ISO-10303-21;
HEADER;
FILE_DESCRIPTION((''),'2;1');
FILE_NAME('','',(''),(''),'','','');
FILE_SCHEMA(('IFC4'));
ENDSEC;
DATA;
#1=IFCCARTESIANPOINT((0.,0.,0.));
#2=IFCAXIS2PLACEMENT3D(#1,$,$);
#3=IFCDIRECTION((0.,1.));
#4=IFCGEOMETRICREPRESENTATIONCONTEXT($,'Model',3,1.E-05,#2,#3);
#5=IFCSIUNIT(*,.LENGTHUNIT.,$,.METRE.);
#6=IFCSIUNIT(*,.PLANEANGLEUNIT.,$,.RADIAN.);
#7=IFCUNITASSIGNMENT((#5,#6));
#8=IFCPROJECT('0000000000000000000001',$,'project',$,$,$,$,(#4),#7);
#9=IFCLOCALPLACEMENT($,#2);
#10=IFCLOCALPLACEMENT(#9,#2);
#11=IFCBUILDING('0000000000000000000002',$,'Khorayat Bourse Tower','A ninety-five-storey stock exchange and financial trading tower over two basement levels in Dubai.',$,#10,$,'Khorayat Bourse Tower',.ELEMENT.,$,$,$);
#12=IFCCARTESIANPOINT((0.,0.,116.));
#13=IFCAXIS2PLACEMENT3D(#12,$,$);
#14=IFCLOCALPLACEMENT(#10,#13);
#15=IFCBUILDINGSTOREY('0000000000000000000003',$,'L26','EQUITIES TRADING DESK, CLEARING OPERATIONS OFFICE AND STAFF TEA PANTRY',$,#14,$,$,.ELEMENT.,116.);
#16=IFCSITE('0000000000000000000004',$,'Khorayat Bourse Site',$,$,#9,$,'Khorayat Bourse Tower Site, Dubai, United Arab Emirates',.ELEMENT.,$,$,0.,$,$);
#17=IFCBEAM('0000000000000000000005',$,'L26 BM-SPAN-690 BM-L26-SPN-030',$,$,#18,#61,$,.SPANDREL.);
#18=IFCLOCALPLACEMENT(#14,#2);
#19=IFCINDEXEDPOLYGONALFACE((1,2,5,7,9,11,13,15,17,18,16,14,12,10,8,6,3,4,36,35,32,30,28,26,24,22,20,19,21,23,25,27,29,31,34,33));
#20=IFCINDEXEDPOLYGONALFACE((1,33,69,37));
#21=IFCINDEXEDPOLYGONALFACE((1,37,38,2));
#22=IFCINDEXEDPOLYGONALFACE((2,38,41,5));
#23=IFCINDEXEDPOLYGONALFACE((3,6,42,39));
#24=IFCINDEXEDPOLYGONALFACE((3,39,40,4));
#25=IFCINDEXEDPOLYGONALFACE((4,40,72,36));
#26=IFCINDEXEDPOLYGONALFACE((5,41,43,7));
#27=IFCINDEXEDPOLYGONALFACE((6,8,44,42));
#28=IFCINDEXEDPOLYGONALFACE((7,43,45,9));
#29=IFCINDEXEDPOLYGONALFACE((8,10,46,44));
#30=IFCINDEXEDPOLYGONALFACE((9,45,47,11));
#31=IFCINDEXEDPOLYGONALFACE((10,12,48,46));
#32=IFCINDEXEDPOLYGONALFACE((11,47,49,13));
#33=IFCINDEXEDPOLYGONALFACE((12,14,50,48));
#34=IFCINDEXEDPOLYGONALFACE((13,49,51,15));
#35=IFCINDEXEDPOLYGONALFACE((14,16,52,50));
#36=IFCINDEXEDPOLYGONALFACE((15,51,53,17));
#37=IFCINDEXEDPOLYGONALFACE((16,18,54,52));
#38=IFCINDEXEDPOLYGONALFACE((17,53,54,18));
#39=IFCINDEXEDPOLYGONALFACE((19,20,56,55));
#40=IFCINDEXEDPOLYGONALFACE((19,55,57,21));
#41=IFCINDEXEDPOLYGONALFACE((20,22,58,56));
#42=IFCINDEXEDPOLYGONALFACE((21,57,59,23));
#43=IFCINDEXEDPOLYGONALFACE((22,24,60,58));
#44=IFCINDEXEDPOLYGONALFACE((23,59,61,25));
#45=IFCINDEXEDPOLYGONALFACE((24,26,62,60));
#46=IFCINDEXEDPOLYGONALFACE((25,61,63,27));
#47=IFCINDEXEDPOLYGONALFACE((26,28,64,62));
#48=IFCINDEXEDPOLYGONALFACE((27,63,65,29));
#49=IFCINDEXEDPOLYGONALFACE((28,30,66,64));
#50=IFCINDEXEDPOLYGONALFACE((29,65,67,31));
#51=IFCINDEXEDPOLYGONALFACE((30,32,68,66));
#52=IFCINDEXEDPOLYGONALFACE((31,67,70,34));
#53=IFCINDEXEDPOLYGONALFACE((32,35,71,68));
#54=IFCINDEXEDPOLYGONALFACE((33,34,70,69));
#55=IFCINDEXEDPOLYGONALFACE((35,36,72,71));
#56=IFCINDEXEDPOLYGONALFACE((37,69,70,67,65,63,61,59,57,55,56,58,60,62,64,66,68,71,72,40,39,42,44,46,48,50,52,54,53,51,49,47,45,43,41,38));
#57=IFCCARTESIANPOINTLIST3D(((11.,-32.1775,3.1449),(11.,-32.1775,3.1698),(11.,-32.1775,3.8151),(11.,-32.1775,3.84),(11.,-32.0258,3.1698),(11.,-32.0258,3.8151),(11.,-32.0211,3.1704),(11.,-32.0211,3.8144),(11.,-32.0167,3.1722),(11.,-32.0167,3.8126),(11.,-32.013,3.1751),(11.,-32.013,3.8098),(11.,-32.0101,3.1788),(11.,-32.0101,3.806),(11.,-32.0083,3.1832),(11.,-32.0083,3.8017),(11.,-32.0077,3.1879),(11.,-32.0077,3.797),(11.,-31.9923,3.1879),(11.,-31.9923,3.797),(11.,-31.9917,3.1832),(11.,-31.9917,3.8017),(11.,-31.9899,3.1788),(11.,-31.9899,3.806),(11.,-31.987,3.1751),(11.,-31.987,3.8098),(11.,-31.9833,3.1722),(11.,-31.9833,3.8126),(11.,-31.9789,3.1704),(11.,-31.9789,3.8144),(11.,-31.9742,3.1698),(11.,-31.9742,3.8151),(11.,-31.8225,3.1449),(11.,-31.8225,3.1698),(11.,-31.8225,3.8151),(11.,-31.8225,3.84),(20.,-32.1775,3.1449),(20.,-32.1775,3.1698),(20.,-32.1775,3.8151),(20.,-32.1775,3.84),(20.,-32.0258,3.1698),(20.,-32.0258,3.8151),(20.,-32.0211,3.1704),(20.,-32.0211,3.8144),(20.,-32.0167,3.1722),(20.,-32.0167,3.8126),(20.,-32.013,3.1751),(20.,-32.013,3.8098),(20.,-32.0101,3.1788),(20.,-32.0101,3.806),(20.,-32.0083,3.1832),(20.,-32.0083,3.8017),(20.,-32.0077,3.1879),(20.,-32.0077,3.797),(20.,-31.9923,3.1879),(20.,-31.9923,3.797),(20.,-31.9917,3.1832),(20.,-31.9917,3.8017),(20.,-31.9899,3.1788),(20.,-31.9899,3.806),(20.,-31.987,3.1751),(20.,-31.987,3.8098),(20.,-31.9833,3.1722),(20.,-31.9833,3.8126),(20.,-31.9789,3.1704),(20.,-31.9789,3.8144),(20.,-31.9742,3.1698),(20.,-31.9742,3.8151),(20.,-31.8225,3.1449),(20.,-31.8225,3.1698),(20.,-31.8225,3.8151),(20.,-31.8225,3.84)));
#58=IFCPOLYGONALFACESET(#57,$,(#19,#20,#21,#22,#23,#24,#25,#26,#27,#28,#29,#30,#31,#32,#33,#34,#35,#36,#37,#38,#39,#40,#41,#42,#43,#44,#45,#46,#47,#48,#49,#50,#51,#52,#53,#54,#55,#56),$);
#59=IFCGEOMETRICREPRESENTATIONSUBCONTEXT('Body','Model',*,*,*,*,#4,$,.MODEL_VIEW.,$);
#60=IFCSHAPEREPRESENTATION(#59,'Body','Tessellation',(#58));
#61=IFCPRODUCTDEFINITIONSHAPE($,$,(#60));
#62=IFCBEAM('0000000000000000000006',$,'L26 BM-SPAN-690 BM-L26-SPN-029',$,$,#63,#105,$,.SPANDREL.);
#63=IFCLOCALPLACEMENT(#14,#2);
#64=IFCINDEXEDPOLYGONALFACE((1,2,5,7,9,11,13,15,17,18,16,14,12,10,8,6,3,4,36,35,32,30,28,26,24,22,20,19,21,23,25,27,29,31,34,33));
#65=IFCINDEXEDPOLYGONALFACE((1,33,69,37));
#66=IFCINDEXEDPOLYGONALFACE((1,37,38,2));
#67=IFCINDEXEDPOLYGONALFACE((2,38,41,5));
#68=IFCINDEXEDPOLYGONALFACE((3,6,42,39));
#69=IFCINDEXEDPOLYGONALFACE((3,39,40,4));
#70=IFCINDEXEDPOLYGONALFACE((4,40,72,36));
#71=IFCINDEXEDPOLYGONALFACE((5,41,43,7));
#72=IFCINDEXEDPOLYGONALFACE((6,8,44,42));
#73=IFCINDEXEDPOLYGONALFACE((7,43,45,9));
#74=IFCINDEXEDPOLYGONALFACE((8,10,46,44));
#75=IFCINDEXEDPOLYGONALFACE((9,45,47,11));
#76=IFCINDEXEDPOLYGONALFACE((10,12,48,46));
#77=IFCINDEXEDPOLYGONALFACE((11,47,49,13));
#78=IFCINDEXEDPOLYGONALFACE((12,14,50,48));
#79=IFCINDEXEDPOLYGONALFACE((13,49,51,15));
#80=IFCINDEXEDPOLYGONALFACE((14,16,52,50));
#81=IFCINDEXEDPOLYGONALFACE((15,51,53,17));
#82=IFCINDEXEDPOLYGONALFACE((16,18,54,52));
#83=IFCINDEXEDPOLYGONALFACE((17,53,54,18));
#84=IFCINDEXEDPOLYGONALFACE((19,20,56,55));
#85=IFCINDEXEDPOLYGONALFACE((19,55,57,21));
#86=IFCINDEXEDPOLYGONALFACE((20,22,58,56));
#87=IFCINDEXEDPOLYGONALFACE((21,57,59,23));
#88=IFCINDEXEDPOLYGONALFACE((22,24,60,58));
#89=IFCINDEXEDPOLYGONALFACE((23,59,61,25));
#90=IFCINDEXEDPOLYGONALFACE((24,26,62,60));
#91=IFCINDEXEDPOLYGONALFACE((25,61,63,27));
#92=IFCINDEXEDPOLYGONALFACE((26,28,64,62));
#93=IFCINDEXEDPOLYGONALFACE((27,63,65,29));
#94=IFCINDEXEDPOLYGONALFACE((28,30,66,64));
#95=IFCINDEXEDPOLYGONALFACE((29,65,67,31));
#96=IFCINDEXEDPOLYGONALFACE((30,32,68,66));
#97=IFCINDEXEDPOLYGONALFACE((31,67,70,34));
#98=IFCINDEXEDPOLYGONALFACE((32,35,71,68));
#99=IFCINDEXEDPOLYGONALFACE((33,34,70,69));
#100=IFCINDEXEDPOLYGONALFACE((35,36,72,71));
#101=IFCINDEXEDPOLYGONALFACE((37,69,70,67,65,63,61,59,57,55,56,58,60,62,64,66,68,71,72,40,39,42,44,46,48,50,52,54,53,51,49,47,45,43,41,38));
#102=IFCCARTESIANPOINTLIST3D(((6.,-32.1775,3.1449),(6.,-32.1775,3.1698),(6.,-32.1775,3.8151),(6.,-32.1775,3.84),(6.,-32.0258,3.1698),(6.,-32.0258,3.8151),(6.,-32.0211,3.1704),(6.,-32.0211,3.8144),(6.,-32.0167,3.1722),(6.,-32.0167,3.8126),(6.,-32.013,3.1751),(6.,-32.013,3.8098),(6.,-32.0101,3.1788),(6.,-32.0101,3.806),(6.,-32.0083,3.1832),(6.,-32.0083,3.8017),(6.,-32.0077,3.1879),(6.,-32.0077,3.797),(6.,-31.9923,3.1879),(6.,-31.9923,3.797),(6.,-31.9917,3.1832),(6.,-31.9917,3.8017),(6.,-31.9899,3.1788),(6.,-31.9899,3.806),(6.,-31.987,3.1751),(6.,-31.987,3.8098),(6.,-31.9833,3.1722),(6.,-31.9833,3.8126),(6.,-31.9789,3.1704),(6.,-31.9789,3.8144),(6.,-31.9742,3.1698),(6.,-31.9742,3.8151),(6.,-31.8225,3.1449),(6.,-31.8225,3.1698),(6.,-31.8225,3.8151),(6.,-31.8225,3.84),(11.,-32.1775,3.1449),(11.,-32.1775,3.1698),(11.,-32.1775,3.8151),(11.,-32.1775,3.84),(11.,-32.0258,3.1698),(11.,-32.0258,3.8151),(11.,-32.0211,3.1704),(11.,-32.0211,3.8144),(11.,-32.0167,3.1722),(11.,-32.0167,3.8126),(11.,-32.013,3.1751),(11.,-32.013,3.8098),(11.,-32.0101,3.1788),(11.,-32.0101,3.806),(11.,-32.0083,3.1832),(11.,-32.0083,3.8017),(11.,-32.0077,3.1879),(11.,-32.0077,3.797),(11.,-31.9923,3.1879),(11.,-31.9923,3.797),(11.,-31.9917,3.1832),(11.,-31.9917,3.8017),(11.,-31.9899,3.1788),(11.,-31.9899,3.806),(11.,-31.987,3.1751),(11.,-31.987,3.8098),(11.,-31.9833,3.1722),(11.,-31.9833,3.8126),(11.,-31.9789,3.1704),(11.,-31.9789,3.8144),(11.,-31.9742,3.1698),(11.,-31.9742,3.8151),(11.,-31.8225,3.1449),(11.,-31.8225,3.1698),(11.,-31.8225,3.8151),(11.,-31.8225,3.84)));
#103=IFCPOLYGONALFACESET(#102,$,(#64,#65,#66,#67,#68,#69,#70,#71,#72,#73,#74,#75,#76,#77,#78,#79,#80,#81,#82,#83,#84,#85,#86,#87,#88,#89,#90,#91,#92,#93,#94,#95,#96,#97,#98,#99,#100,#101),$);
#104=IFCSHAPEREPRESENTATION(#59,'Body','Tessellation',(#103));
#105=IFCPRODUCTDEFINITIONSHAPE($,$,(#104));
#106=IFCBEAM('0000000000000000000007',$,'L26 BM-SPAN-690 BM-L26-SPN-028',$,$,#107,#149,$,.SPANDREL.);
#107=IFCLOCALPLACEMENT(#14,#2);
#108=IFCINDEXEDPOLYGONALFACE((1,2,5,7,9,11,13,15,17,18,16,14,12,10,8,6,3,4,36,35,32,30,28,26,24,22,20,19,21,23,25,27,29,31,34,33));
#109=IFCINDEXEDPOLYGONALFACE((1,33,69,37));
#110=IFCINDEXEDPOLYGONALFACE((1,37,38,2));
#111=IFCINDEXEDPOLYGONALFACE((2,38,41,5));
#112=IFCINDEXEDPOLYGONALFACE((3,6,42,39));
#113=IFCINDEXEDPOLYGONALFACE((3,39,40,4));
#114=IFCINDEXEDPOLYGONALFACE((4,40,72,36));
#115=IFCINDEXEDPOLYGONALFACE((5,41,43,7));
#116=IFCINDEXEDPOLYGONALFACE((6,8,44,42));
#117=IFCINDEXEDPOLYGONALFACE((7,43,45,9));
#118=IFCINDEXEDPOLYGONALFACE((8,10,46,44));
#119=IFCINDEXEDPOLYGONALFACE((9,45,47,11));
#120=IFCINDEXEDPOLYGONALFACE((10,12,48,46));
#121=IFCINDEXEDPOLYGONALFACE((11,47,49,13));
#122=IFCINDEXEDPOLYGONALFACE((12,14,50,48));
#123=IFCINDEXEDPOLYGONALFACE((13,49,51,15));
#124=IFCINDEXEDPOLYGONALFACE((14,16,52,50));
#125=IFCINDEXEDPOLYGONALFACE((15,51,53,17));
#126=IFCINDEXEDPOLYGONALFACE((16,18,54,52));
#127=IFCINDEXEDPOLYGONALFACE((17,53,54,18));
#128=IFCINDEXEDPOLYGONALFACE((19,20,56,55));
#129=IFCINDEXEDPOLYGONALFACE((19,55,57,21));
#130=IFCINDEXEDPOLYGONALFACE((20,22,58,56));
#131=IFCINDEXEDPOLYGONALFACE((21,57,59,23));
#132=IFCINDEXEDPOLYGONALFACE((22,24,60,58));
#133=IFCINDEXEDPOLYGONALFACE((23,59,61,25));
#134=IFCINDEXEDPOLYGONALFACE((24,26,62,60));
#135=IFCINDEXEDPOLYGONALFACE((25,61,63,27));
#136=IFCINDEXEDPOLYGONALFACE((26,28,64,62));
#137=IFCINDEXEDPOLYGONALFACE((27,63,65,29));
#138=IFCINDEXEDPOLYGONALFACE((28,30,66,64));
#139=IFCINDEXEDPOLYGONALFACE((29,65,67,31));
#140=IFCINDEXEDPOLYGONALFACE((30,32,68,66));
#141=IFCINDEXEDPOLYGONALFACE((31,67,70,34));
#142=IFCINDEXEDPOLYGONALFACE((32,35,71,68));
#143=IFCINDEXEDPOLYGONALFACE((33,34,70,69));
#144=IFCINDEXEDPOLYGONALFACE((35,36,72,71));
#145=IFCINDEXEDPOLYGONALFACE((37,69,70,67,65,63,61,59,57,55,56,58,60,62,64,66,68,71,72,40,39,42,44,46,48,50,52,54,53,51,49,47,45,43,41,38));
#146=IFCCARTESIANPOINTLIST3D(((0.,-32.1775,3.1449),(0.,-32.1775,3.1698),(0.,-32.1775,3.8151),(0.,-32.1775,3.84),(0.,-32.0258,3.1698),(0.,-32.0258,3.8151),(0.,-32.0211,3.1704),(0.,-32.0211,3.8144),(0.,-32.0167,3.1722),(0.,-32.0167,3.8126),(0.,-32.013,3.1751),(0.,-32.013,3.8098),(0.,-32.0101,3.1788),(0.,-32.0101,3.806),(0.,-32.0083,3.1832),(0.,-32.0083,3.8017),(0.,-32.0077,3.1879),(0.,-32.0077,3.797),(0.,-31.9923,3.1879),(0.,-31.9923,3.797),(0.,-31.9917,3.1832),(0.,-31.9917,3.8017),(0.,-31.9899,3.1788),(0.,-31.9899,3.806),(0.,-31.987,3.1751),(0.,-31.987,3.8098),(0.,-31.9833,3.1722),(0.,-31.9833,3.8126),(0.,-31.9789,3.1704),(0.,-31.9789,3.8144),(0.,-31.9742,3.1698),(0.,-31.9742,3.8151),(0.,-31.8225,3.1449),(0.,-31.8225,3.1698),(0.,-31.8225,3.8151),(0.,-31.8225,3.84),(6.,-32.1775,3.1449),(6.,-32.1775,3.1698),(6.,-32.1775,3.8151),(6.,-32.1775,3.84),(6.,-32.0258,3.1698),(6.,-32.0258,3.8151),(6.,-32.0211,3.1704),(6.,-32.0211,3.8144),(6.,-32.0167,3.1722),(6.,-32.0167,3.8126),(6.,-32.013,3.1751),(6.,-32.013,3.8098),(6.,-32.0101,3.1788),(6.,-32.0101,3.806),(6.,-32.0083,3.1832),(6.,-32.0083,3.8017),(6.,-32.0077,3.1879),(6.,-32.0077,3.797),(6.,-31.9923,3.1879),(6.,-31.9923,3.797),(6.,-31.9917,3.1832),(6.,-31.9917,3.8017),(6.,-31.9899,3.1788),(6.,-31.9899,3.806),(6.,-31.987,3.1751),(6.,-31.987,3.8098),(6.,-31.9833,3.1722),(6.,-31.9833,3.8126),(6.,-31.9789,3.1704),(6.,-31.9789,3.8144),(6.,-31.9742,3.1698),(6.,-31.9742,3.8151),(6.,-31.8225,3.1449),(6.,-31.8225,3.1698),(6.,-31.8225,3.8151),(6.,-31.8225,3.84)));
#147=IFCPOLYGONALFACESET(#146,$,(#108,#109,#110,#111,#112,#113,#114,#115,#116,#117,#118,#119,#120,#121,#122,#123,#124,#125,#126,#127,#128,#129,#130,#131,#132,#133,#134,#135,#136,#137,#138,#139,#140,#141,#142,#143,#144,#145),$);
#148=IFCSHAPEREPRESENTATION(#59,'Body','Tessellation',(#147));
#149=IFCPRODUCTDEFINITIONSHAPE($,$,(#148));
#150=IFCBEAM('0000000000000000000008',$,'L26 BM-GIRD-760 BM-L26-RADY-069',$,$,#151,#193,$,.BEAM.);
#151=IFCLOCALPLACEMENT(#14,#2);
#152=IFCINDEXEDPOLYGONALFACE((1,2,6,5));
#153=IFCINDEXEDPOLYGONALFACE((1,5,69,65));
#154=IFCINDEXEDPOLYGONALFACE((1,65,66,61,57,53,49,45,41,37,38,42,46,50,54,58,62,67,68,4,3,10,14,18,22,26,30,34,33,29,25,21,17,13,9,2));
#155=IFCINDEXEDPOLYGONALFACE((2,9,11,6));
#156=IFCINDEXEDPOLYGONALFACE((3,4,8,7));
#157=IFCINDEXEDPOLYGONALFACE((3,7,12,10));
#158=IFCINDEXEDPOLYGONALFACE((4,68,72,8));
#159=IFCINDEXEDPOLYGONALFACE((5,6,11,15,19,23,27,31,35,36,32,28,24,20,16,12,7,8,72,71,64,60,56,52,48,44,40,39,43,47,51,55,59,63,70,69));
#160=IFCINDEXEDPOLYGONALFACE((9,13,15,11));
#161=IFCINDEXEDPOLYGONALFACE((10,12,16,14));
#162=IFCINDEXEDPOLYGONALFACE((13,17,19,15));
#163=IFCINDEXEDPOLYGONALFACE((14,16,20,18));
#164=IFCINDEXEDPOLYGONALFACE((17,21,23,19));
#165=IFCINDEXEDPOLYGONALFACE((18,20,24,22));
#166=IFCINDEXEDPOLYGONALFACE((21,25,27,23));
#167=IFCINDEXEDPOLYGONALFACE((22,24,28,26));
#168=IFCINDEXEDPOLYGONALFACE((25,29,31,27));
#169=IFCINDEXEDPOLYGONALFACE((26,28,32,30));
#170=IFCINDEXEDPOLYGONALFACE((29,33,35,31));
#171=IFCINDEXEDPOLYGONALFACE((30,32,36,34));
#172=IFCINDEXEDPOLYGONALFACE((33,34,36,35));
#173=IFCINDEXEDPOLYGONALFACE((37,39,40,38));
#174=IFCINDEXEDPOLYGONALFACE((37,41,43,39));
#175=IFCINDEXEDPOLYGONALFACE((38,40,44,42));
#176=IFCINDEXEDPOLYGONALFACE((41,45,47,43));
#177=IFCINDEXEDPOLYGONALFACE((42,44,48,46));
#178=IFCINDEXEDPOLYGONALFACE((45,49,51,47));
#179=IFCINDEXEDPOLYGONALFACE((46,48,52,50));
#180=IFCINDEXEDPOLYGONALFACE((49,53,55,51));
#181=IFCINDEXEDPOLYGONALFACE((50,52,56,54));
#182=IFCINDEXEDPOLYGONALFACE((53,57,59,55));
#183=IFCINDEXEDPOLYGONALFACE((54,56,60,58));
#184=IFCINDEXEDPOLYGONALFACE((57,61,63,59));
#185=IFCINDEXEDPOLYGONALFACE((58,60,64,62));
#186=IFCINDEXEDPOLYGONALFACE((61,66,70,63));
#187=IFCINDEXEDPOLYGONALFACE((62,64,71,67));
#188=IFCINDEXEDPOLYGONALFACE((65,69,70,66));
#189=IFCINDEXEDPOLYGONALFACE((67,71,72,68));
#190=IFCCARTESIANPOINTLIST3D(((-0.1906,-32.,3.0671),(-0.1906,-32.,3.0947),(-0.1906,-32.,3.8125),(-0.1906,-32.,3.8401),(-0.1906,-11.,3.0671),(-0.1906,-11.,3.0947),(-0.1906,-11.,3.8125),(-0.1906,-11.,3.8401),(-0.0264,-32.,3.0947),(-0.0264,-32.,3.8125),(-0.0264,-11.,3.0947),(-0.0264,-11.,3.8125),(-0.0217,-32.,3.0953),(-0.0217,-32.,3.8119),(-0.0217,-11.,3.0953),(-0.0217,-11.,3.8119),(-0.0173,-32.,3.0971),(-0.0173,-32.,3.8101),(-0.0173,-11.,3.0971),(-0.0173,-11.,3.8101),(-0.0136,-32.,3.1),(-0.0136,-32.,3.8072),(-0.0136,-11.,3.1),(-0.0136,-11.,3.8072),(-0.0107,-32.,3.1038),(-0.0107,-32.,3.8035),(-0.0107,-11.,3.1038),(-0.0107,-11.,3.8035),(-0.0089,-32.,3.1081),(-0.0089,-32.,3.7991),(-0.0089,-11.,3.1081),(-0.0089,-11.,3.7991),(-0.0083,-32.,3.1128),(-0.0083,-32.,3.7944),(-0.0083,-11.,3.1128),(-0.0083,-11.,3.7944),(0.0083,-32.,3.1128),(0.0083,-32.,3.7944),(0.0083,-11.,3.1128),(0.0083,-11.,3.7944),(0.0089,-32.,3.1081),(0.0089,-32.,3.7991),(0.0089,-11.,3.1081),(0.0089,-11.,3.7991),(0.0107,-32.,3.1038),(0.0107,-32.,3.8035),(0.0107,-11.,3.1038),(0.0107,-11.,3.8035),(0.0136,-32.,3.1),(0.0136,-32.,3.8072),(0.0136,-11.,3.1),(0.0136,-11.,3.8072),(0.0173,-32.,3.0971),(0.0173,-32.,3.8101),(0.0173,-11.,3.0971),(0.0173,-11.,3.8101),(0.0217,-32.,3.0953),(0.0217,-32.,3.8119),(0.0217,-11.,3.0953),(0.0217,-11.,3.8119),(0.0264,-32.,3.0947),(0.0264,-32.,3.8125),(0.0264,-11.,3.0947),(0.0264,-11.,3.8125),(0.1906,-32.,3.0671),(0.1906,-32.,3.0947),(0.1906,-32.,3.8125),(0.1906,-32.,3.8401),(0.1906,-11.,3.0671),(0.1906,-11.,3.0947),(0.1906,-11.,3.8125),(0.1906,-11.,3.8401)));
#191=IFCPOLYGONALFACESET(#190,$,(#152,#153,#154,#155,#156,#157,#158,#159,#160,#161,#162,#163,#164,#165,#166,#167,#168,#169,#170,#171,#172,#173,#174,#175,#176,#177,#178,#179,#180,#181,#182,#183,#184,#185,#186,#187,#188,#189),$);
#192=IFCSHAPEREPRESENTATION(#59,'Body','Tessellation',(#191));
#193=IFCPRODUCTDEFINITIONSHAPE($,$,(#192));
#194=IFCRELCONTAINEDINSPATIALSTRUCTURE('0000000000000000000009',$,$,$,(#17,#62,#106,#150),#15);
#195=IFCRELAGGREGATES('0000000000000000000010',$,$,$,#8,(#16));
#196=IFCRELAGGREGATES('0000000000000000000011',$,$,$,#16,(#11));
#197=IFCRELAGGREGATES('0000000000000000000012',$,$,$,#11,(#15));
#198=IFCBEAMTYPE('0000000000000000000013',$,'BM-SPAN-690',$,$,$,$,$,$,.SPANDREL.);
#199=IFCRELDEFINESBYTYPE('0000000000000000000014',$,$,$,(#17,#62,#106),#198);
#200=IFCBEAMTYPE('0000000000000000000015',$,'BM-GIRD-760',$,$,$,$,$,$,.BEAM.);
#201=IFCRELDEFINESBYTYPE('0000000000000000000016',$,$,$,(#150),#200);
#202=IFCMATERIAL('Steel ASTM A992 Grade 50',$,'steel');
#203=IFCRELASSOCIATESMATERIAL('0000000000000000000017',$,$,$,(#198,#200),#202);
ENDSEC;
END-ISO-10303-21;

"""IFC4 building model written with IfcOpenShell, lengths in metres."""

from ifc_helpers import new_model, si_unit, direction, frame, origin, origin_2d, place, context, subcontext, project, spatial, i_section, extrude, source, transform, mapped, material, material_profile, profile_set, type_object, element, save


model = new_model("IFC4")

# Units and contexts
model_context = context("Model", 3, precision=1e-05, world=origin(), true_north=direction((0.0, 1.0)))
body_context = subcontext(model_context, "Body", "Model", "MODEL_VIEW")
ifc_project = project(units=[si_unit("LENGTHUNIT", "METRE"), si_unit("PLANEANGLEUNIT", "RADIAN")], contexts=[model_context])

# Site, building, storey
site_placement = place(None, origin())
site = spatial("IfcSite", under=ifc_project, at=site_placement, Name="Khorayat Bourse Site", LongName="Khorayat Bourse Tower Site, Dubai, United Arab Emirates", CompositionType="ELEMENT", RefElevation=0.0)
building_placement = place(site_placement, origin())
building = spatial("IfcBuilding", under=site, at=building_placement, Name="Khorayat Bourse Tower", Description="A ninety-five-storey stock exchange and financial trading tower over two basement levels in Dubai.", LongName="Khorayat Bourse Tower", CompositionType="ELEMENT")
storey_placement = place(building_placement, frame((0.0, 0.0, 116.0)))
storey = spatial("IfcBuildingStorey", under=building, at=storey_placement, Name="L26", Description="EQUITIES TRADING DESK, CLEARING OPERATIONS OFFICE AND STAFF TEA PANTRY", CompositionType="ELEMENT", Elevation=116.0)

# Beams
ifc_material_1 = material(Name="Steel ASTM A992 Grade 50", Category="steel")
ifc_material_profile_1 = material_profile(ifc_material_1, i_section(OverallWidth=0.355, OverallDepth=0.6951, WebThickness=0.0154, FlangeThickness=0.0249, FilletRadius=0.0181, at=origin_2d()), Name="W690X217")
ifc_profile_set_1 = profile_set([ifc_material_profile_1], Name="Steel ASTM A992 Grade 50")
beam_type_1 = type_object("IfcBeamType", Name="BM-SPAN-690", PredefinedType="SPANDREL", material=ifc_profile_set_1)
shared_shape_1 = source(origin(), body_context, "Body", "SweptSolid", [
    extrude(i_section(OverallWidth=0.355, OverallDepth=0.6951, WebThickness=0.0154, FlangeThickness=0.0249, FilletRadius=0.0181, at=origin_2d()), origin(), (0.0, 0.0, 1.0), 9.0),
])
beam_1_placement = place(storey_placement, frame((11.0, -32.0, 3.4924), z_axis=(1.0, 0.0, 0.0), x_axis=(0.0, 1.0, 0.0)))
element("IfcBeam", 1, at=beam_1_placement, inside=storey, type_object=beam_type_1, Name="L26 BM-SPAN-690 BM-L26-SPN-030", PredefinedType="SPANDREL", context=body_context, shape_type="MappedRepresentation", body=[
    mapped(shared_shape_1, transform((0.0, 0.0, 0.0), scale=1.0)),
])
shared_shape_2 = source(origin(), body_context, "Body", "SweptSolid", [
    extrude(i_section(OverallWidth=0.355, OverallDepth=0.6951, WebThickness=0.0154, FlangeThickness=0.0249, FilletRadius=0.0181, at=origin_2d()), origin(), (0.0, 0.0, 1.0), 5.0),
])
beam_2_placement = place(storey_placement, frame((6.0, -32.0, 3.4924), z_axis=(1.0, 0.0, 0.0), x_axis=(0.0, 1.0, 0.0)))
element("IfcBeam", 2, at=beam_2_placement, inside=storey, type_object=beam_type_1, Name="L26 BM-SPAN-690 BM-L26-SPN-029", PredefinedType="SPANDREL", context=body_context, shape_type="MappedRepresentation", body=[
    mapped(shared_shape_2, transform((0.0, 0.0, 0.0), scale=1.0)),
])
shared_shape_3 = source(origin(), body_context, "Body", "SweptSolid", [
    extrude(i_section(OverallWidth=0.355, OverallDepth=0.6951, WebThickness=0.0154, FlangeThickness=0.0249, FilletRadius=0.0181, at=origin_2d()), origin(), (0.0, 0.0, 1.0), 6.0),
])
beam_3_placement = place(storey_placement, frame((0.0, -32.0, 3.4924), z_axis=(1.0, 0.0, 0.0), x_axis=(0.0, 1.0, 0.0)))
element("IfcBeam", 3, at=beam_3_placement, inside=storey, type_object=beam_type_1, Name="L26 BM-SPAN-690 BM-L26-SPN-028", PredefinedType="SPANDREL", context=body_context, shape_type="MappedRepresentation", body=[
    mapped(shared_shape_3, transform((0.0, 0.0, 0.0), scale=1.0)),
])
ifc_material_profile_2 = material_profile(ifc_material_1, i_section(OverallWidth=0.3811, OverallDepth=0.7729, WebThickness=0.0166, FlangeThickness=0.0276, FilletRadius=0.0181, at=origin_2d()), Name="W760X257")
ifc_profile_set_2 = profile_set([ifc_material_profile_2], Name="Steel ASTM A992 Grade 50")
beam_type_2 = type_object("IfcBeamType", Name="BM-GIRD-760", PredefinedType="BEAM", material=ifc_profile_set_2)
shared_shape_4 = source(origin(), body_context, "Body", "SweptSolid", [
    extrude(i_section(OverallWidth=0.3811, OverallDepth=0.7729, WebThickness=0.0166, FlangeThickness=0.0276, FilletRadius=0.0181, at=origin_2d()), origin(), (0.0, 0.0, 1.0), 21.0),
])
for number, where, z_axis, x_axis, name in (
    (4, (0.0, -32.0, 3.4536), (0.0, 1.0, 0.0), (-1.0, 0.0, 0.0), "L26 BM-GIRD-760 BM-L26-RADY-069"),
):
    element("IfcBeam", number, at=place(storey_placement, frame(where, z_axis=z_axis, x_axis=x_axis)), inside=storey, type_object=beam_type_2, Name=name, PredefinedType="BEAM", context=body_context, shape_type="MappedRepresentation", body=[
        mapped(shared_shape_4, transform((0.0, 0.0, 0.0), scale=1.0)),
    ])

save(model, "model.ifc")
